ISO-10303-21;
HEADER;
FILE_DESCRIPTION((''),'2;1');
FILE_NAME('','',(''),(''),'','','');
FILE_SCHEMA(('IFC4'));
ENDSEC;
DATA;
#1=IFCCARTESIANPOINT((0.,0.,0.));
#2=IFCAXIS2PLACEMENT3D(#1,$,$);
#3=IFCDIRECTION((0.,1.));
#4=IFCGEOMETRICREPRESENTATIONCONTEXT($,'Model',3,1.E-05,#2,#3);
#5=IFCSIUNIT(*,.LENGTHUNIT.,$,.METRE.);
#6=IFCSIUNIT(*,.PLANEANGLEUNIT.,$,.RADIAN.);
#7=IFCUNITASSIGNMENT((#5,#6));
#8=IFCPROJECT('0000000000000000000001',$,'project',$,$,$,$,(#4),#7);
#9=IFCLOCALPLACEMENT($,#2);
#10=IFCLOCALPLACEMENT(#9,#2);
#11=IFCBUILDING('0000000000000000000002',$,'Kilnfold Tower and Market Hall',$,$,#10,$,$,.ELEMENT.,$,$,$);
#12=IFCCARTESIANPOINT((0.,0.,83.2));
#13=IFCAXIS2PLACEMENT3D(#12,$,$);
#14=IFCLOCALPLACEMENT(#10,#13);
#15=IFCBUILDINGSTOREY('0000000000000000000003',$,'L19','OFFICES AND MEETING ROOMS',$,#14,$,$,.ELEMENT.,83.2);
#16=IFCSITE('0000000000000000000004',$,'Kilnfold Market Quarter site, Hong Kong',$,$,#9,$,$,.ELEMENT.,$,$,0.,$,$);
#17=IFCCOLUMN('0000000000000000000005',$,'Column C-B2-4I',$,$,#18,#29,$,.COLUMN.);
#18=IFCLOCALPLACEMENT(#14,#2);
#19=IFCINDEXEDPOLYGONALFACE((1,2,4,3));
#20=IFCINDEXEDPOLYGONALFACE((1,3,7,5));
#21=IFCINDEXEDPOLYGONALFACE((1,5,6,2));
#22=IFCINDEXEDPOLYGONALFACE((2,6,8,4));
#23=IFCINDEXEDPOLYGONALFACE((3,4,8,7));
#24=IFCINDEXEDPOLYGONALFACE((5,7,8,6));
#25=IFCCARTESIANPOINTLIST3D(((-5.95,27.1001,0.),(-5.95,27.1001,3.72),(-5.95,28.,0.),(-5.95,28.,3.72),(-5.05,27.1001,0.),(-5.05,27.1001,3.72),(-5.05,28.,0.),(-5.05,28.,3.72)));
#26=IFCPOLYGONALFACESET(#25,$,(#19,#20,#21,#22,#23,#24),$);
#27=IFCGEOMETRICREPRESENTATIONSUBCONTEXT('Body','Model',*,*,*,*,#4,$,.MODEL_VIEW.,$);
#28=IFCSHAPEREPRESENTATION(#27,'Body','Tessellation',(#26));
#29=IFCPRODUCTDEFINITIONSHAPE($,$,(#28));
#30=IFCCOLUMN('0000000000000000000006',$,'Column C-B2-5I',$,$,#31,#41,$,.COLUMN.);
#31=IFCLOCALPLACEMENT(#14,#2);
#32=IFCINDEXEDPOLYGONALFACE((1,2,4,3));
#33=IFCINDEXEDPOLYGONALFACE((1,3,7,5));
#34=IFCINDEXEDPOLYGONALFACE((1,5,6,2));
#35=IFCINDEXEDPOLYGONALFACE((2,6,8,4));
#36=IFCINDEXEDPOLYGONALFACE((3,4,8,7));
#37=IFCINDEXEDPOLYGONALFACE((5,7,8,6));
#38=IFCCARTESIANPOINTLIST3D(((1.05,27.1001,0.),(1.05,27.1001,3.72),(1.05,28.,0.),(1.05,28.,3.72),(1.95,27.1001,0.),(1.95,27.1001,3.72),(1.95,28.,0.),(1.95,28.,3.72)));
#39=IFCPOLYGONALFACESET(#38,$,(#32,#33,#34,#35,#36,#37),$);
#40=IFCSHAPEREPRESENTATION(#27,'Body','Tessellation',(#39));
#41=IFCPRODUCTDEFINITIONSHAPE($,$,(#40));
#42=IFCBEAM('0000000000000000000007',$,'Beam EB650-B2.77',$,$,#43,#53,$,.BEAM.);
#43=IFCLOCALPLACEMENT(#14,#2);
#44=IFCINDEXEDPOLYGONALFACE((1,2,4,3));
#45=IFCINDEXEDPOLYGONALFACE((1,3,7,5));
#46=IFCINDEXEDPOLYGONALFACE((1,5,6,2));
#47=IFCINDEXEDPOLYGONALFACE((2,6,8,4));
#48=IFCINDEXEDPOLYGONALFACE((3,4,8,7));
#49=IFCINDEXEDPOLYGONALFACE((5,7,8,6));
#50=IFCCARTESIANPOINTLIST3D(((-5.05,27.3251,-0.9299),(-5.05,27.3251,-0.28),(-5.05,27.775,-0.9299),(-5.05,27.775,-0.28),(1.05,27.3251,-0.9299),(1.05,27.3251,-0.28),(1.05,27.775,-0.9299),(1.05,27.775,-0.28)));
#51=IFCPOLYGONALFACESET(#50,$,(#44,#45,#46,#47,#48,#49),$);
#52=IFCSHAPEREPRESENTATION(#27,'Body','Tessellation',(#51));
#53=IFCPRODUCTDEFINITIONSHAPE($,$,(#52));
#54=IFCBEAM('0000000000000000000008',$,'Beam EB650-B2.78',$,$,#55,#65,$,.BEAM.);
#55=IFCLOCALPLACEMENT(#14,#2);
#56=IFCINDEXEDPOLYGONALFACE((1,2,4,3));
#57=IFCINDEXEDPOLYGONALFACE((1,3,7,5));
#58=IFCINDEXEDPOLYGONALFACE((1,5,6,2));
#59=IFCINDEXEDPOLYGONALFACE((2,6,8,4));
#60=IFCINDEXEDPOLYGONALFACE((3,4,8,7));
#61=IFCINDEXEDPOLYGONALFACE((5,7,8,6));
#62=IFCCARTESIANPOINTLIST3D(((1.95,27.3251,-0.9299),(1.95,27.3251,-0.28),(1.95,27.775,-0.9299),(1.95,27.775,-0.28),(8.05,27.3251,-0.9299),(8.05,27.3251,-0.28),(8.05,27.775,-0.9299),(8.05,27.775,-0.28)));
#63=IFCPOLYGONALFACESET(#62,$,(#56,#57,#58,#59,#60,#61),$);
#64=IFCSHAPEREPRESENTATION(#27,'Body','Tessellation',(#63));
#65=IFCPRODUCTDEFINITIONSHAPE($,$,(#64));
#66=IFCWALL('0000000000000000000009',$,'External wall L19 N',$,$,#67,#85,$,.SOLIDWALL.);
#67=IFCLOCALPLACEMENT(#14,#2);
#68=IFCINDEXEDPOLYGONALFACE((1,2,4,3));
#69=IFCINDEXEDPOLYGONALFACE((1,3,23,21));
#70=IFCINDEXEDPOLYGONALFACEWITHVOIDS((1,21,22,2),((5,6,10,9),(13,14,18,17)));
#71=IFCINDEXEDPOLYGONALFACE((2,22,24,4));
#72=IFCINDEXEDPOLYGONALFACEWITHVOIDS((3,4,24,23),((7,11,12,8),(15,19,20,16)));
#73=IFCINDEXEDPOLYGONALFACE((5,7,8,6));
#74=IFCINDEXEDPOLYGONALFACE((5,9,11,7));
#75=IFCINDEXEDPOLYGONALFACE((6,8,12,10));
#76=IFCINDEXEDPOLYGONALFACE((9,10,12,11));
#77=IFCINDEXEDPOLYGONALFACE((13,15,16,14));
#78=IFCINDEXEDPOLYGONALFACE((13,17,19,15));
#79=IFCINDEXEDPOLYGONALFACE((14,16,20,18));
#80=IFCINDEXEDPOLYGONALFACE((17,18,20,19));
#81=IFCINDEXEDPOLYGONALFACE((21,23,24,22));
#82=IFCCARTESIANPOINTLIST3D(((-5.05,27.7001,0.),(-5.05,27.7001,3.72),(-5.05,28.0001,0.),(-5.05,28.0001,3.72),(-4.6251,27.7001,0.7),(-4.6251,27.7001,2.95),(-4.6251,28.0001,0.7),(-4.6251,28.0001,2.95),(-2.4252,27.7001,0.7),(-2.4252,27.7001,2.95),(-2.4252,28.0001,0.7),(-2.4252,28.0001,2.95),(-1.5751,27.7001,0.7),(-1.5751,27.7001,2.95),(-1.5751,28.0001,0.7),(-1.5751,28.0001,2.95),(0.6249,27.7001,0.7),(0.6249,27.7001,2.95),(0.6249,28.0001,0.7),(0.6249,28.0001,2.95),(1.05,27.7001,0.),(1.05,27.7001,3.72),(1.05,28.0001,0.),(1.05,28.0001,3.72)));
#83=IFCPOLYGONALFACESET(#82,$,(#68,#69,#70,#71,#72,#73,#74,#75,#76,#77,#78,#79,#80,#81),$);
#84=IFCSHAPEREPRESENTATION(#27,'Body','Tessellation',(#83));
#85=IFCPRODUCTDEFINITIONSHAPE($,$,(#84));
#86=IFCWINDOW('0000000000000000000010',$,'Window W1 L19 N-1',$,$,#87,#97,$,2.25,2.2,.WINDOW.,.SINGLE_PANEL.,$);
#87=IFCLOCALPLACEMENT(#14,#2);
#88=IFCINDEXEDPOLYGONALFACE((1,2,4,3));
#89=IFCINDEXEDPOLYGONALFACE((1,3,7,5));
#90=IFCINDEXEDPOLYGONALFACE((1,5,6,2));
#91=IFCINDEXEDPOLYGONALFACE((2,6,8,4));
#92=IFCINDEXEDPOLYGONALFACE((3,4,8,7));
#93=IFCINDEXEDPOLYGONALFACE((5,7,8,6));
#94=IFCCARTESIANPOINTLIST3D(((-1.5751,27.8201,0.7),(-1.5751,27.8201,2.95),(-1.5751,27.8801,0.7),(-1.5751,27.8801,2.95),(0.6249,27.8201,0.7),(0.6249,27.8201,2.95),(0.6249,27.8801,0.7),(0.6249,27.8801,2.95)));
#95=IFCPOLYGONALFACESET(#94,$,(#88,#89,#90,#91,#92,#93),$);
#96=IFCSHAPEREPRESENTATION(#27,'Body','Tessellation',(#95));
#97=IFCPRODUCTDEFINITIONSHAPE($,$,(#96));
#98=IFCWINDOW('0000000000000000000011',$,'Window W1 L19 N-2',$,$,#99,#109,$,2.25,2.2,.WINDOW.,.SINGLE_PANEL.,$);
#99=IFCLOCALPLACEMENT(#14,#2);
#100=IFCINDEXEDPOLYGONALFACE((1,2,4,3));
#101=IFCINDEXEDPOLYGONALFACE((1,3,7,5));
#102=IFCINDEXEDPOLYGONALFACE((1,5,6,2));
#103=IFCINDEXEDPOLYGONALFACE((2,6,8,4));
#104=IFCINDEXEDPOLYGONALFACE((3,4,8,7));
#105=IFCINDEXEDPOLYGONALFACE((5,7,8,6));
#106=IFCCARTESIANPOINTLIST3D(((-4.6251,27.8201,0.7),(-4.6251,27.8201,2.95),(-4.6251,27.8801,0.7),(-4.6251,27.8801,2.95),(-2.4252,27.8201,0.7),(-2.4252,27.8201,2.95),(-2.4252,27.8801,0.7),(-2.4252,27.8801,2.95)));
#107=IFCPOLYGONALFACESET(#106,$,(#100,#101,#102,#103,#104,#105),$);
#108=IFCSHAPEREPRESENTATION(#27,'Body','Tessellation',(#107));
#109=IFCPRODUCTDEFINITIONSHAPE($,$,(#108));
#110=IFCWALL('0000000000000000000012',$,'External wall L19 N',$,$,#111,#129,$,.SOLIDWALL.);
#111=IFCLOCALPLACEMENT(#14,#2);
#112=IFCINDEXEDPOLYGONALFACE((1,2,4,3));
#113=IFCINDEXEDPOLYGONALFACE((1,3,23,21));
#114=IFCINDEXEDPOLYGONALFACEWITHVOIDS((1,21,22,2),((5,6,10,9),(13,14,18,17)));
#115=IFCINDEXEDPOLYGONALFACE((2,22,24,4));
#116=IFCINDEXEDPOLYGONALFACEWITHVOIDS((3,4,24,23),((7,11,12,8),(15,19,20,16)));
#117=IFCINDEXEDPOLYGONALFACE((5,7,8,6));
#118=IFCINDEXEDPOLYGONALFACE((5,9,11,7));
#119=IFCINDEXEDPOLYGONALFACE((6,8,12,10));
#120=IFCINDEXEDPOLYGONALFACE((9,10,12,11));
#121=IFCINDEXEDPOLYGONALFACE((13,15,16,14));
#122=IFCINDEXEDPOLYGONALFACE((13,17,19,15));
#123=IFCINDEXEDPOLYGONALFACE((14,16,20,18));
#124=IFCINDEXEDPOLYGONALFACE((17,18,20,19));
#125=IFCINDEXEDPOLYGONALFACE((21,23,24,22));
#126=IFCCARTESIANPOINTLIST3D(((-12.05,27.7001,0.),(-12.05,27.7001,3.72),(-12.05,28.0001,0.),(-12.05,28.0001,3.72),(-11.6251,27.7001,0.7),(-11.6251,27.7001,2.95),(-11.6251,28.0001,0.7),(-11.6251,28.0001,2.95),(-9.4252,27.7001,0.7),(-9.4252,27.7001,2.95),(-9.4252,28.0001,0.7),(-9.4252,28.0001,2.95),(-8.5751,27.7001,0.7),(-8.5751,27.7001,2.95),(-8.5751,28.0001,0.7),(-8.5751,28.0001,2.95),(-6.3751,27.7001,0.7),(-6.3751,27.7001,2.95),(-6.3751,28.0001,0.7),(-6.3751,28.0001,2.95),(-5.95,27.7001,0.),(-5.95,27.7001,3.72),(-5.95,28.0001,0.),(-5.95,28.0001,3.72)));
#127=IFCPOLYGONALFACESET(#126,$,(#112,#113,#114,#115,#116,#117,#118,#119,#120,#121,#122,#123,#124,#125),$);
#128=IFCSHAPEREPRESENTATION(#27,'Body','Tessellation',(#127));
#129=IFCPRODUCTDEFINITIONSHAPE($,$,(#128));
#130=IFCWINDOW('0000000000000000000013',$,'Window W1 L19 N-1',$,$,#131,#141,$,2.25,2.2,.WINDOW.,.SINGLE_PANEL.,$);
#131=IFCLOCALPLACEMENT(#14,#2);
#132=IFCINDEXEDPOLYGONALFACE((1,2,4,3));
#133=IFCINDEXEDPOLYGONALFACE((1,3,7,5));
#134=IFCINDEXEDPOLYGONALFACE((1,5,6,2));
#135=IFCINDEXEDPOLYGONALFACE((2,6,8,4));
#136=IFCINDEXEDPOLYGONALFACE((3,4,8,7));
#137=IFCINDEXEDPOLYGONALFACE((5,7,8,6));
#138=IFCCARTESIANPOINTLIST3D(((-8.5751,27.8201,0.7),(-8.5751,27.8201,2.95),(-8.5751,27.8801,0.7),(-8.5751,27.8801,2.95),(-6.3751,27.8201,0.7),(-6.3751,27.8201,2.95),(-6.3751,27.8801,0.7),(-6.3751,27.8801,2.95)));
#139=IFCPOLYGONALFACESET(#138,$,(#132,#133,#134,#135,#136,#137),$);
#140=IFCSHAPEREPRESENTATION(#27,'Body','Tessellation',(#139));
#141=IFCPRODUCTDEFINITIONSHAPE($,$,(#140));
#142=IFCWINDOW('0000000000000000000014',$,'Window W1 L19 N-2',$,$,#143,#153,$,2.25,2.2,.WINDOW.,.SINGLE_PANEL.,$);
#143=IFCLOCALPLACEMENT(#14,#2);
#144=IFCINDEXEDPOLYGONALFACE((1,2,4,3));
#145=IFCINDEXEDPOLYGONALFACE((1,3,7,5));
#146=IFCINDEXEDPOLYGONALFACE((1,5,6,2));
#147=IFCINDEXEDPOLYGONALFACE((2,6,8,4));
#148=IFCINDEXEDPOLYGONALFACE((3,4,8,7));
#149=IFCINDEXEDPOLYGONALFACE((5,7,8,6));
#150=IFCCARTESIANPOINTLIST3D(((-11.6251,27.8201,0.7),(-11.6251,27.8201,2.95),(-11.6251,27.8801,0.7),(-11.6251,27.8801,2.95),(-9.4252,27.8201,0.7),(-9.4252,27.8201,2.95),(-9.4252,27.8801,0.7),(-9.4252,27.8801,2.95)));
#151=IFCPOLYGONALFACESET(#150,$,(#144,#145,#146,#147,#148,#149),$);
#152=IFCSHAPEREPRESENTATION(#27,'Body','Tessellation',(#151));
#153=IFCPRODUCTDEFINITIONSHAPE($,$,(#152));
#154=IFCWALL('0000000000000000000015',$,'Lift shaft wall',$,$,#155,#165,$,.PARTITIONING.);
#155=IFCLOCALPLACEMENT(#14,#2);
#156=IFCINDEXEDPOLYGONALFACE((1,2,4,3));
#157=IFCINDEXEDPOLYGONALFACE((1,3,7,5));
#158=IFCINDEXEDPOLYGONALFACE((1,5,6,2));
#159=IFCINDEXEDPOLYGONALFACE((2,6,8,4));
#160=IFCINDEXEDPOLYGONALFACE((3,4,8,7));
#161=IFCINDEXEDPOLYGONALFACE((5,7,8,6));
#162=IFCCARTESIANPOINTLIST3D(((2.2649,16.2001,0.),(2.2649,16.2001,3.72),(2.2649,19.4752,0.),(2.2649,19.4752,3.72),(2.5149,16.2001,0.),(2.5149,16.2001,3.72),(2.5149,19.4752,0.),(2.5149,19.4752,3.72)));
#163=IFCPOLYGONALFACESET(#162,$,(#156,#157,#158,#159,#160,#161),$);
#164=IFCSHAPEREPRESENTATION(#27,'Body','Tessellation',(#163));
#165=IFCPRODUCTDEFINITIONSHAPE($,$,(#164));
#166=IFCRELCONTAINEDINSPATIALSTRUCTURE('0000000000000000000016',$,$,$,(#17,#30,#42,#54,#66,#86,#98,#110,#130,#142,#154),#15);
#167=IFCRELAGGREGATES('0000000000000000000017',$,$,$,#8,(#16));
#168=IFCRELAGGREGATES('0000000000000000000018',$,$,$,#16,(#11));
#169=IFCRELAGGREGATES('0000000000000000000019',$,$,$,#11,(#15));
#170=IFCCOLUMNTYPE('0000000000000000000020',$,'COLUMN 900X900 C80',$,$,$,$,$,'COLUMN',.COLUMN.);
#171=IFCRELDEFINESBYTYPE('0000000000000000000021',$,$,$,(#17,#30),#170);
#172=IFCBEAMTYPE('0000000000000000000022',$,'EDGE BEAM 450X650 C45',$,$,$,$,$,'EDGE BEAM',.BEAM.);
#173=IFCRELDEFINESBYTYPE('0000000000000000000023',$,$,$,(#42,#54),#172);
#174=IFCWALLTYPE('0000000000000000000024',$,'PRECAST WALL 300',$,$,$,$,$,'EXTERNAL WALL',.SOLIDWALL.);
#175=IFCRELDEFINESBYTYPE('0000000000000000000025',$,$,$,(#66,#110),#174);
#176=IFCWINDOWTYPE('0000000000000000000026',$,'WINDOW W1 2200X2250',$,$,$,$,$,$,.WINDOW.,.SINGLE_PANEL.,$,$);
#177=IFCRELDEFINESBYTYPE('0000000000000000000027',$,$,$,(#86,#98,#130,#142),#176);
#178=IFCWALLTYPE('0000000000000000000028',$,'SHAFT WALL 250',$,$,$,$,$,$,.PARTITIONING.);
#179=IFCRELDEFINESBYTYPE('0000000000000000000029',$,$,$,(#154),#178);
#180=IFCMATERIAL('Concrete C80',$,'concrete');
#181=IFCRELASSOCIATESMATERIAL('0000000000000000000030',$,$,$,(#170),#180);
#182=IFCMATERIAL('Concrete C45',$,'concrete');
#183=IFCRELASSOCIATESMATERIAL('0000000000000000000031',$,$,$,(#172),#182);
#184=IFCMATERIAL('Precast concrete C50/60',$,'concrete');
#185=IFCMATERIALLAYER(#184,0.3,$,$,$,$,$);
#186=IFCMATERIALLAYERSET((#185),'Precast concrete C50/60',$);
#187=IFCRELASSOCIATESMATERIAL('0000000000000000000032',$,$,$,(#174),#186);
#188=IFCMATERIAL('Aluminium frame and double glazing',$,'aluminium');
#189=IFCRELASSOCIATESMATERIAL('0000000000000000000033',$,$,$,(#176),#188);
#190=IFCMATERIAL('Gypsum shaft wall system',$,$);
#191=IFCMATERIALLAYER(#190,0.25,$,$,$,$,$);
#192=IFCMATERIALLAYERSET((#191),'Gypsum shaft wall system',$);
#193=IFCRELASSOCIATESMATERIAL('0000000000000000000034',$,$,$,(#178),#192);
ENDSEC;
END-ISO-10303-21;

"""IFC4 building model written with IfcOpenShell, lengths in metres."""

from ifc_helpers import new_model, si_unit, direction, frame, frame_2d, origin, origin_2d, place, context, subcontext, project, spatial, rectangle, extrude, source, transform, mapped, material, layer, layer_set, material_profile, profile_set, type_object, element, fill, save


model = new_model("IFC4")

# Units and contexts
model_context = context("Model", 3, precision=1e-05, world=origin(), true_north=direction((0.0, 1.0)))
body_context = subcontext(model_context, "Body", "Model", "MODEL_VIEW")
ifc_project = project(units=[si_unit("LENGTHUNIT", "METRE"), si_unit("PLANEANGLEUNIT", "RADIAN")], contexts=[model_context])

# Site, building, storey
site_placement = place(None, origin())
site = spatial("IfcSite", under=ifc_project, at=site_placement, Name="Kilnfold Market Quarter site, Hong Kong", CompositionType="ELEMENT", RefElevation=0.0)
building_placement = place(site_placement, origin())
building = spatial("IfcBuilding", under=site, at=building_placement, Name="Kilnfold Tower and Market Hall", CompositionType="ELEMENT")
storey_placement = place(building_placement, frame((0.0, 0.0, 83.2)))
storey = spatial("IfcBuildingStorey", under=building, at=storey_placement, Name="L19", Description="OFFICES AND MEETING ROOMS", CompositionType="ELEMENT", Elevation=83.2)

# Columns
ifc_material_1 = material(Name="Concrete C80", Category="concrete")
ifc_material_profile_1 = material_profile(ifc_material_1, rectangle(XDim=0.8999, YDim=0.8999, at=origin_2d()), Name="RC 900x900")
ifc_profile_set_1 = profile_set([ifc_material_profile_1], Name="Concrete C80")
column_type = type_object("IfcColumnType", Name="COLUMN 900X900 C80", ElementType="COLUMN", PredefinedType="COLUMN", material=ifc_profile_set_1)
shared_shape_1 = source(origin(), body_context, "Body", "SweptSolid", [
    extrude(rectangle(XDim=0.8999, YDim=0.8999, at=origin_2d()), origin(), (0.0, 0.0, 1.0), 3.72),
])
for number, where, z_axis, x_axis, name in (
    (1, (-5.5, 27.55, 0.0), (0.0, 0.0, 1.0), (1.0, 0.0, 0.0), "Column C-B2-4I"),
    (2, (1.5, 27.55, 0.0), (0.0, 0.0, 1.0), (1.0, 0.0, 0.0), "Column C-B2-5I"),
):
    element("IfcColumn", number, at=place(storey_placement, frame(where, z_axis=z_axis, x_axis=x_axis)), inside=storey, type_object=column_type, Name=name, PredefinedType="COLUMN", context=body_context, shape_type="MappedRepresentation", body=[
        mapped(shared_shape_1, transform((0.0, 0.0, 0.0))),
    ])

# Beams
ifc_material_2 = material(Name="Concrete C45", Category="concrete")
ifc_material_profile_2 = material_profile(ifc_material_2, rectangle(XDim=0.45, YDim=0.6499, at=origin_2d()), Name="RC 450x650")
ifc_profile_set_2 = profile_set([ifc_material_profile_2], Name="Concrete C45")
beam_type = type_object("IfcBeamType", Name="EDGE BEAM 450X650 C45", ElementType="EDGE BEAM", PredefinedType="BEAM", material=ifc_profile_set_2)
shared_shape_2 = source(origin(), body_context, "Body", "SweptSolid", [
    extrude(rectangle(XDim=0.45, YDim=0.6499, at=origin_2d()), origin(), (0.0, 0.0, 1.0), 6.1001),
])
for number, where, z_axis, x_axis, name in (
    (3, (-5.05, 27.55, -0.605), (1.0, 0.0, 0.0), (0.0, 1.0, 0.0), "Beam EB650-B2.77"),
    (4, (1.95, 27.55, -0.605), (1.0, 0.0, 0.0), (0.0, 1.0, 0.0), "Beam EB650-B2.78"),
):
    element("IfcBeam", number, at=place(storey_placement, frame(where, z_axis=z_axis, x_axis=x_axis)), inside=storey, type_object=beam_type, Name=name, PredefinedType="BEAM", context=body_context, shape_type="MappedRepresentation", body=[
        mapped(shared_shape_2, transform((0.0, 0.0, 0.0))),
    ])

# Walls, openings, windows
ifc_material_3 = material(Name="Precast concrete C50/60", Category="concrete")
ifc_layer_1 = layer(ifc_material_3, 0.3)
ifc_layer_set_1 = layer_set([ifc_layer_1], Name="Precast concrete C50/60")
wall_type_1 = type_object("IfcWallType", Name="PRECAST WALL 300", ElementType="EXTERNAL WALL", PredefinedType="SOLIDWALL", material=ifc_layer_set_1)
shared_shape_3 = source(origin(), body_context, "Body", "SweptSolid", [
    extrude(rectangle(XDim=6.1001, YDim=0.3, at=frame_2d((3.05, 0.0))), origin(), (0.0, 0.0, 1.0), 3.72),
])
wall_1_placement = place(storey_placement, frame((1.05, 27.8501, 0.0), z_axis=(0.0, 0.0, 1.0), x_axis=(-1.0, 0.0, 0.0)))
wall_1 = element("IfcWall", 5, at=wall_1_placement, inside=storey, type_object=wall_type_1, Name="External wall L19 N", PredefinedType="SOLIDWALL", context=body_context, shape_type="MappedRepresentation", body=[
    mapped(shared_shape_3, transform((0.0, 0.0, 0.0))),
])
opening_1_placement = place(wall_1_placement, frame((0.425, 0.0, 0.7)))
opening_1 = element("IfcOpeningElement", 6, at=opening_1_placement, cuts=wall_1, PredefinedType="OPENING", context=body_context, shape_type="SweptSolid", body=[
    extrude(rectangle(XDim=2.2, YDim=2.25, at=frame_2d((1.1001, 1.125))), frame((0.0, 0.1602, 0.0), z_axis=(0.0, -1.0, 0.0), x_axis=(1.0, 0.0, 0.0)), (0.0, 0.0, 1.0), 0.3201),
])
opening_2_placement = place(wall_1_placement, frame((3.4751, 0.0, 0.7)))
opening_2 = element("IfcOpeningElement", 7, at=opening_2_placement, cuts=wall_1, PredefinedType="OPENING", context=body_context, shape_type="SweptSolid", body=[
    extrude(rectangle(XDim=2.2, YDim=2.25, at=frame_2d((1.1001, 1.125))), frame((0.0, 0.1602, 0.0), z_axis=(0.0, -1.0, 0.0), x_axis=(1.0, 0.0, 0.0)), (0.0, 0.0, 1.0), 0.3201),
])
ifc_material_4 = material(Name="Aluminium frame and double glazing", Category="aluminium")
window_type = type_object("IfcWindowType", Name="WINDOW W1 2200X2250", PartitioningType="SINGLE_PANEL", PredefinedType="WINDOW", material=ifc_material_4)
window_1_placement = place(opening_1_placement, origin())
window_1 = element("IfcWindow", 8, at=window_1_placement, inside=storey, type_object=window_type, Name="Window W1 L19 N-1", OverallHeight=2.25, OverallWidth=2.2, PartitioningType="SINGLE_PANEL", PredefinedType="WINDOW", context=body_context, shape_type="SweptSolid", body=[
    extrude(rectangle(XDim=2.2, YDim=2.25, at=frame_2d((1.1001, 1.125))), frame((0.0, 0.03, 0.0), z_axis=(0.0, -1.0, 0.0), x_axis=(1.0, 0.0, 0.0)), (0.0, 0.0, 1.0), 0.0601),
])
fill(opening_1, window_1)
window_2_placement = place(opening_2_placement, origin())
window_2 = element("IfcWindow", 9, at=window_2_placement, inside=storey, type_object=window_type, Name="Window W1 L19 N-2", OverallHeight=2.25, OverallWidth=2.2, PartitioningType="SINGLE_PANEL", PredefinedType="WINDOW", context=body_context, shape_type="SweptSolid", body=[
    extrude(rectangle(XDim=2.2, YDim=2.25, at=frame_2d((1.1001, 1.125))), frame((0.0, 0.03, 0.0), z_axis=(0.0, -1.0, 0.0), x_axis=(1.0, 0.0, 0.0)), (0.0, 0.0, 1.0), 0.0601),
])
fill(opening_2, window_2)
wall_2_placement = place(storey_placement, frame((-5.95, 27.8501, 0.0), z_axis=(0.0, 0.0, 1.0), x_axis=(-1.0, 0.0, 0.0)))
wall_2 = element("IfcWall", 10, at=wall_2_placement, inside=storey, type_object=wall_type_1, Name="External wall L19 N", PredefinedType="SOLIDWALL", context=body_context, shape_type="MappedRepresentation", body=[
    mapped(shared_shape_3, transform((0.0, 0.0, 0.0))),
])
opening_3_placement = place(wall_2_placement, frame((0.425, 0.0, 0.7)))
opening_3 = element("IfcOpeningElement", 11, at=opening_3_placement, cuts=wall_2, PredefinedType="OPENING", context=body_context, shape_type="SweptSolid", body=[
    extrude(rectangle(XDim=2.2, YDim=2.25, at=frame_2d((1.1001, 1.125))), frame((0.0, 0.1602, 0.0), z_axis=(0.0, -1.0, 0.0), x_axis=(1.0, 0.0, 0.0)), (0.0, 0.0, 1.0), 0.3201),
])
opening_4_placement = place(wall_2_placement, frame((3.4751, 0.0, 0.7)))
opening_4 = element("IfcOpeningElement", 12, at=opening_4_placement, cuts=wall_2, PredefinedType="OPENING", context=body_context, shape_type="SweptSolid", body=[
    extrude(rectangle(XDim=2.2, YDim=2.25, at=frame_2d((1.1001, 1.125))), frame((0.0, 0.1602, 0.0), z_axis=(0.0, -1.0, 0.0), x_axis=(1.0, 0.0, 0.0)), (0.0, 0.0, 1.0), 0.3201),
])
window_3_placement = place(opening_3_placement, origin())
window_3 = element("IfcWindow", 13, at=window_3_placement, inside=storey, type_object=window_type, Name="Window W1 L19 N-1", OverallHeight=2.25, OverallWidth=2.2, PartitioningType="SINGLE_PANEL", PredefinedType="WINDOW", context=body_context, shape_type="SweptSolid", body=[
    extrude(rectangle(XDim=2.2, YDim=2.25, at=frame_2d((1.1001, 1.125))), frame((0.0, 0.03, 0.0), z_axis=(0.0, -1.0, 0.0), x_axis=(1.0, 0.0, 0.0)), (0.0, 0.0, 1.0), 0.0601),
])
fill(opening_3, window_3)
window_4_placement = place(opening_4_placement, origin())
window_4 = element("IfcWindow", 14, at=window_4_placement, inside=storey, type_object=window_type, Name="Window W1 L19 N-2", OverallHeight=2.25, OverallWidth=2.2, PartitioningType="SINGLE_PANEL", PredefinedType="WINDOW", context=body_context, shape_type="SweptSolid", body=[
    extrude(rectangle(XDim=2.2, YDim=2.25, at=frame_2d((1.1001, 1.125))), frame((0.0, 0.03, 0.0), z_axis=(0.0, -1.0, 0.0), x_axis=(1.0, 0.0, 0.0)), (0.0, 0.0, 1.0), 0.0601),
])
fill(opening_4, window_4)

# Wall
ifc_material_5 = material(Name="Gypsum shaft wall system")
ifc_layer_2 = layer(ifc_material_5, 0.25)
ifc_layer_set_2 = layer_set([ifc_layer_2], Name="Gypsum shaft wall system")
wall_type_2 = type_object("IfcWallType", Name="SHAFT WALL 250", PredefinedType="PARTITIONING", material=ifc_layer_set_2)
shared_shape_4 = source(origin(), body_context, "Body", "SweptSolid", [
    extrude(rectangle(XDim=3.2751, YDim=0.25, at=frame_2d((1.6377, 0.0))), origin(), (0.0, 0.0, 1.0), 3.72),
])
for number, where, z_axis, x_axis, name in (
    (15, (2.3899, 16.2, 0.0), (0.0, 0.0, 1.0), (0.0, 1.0, 0.0), "Lift shaft wall"),
):
    element("IfcWall", number, at=place(storey_placement, frame(where, z_axis=z_axis, x_axis=x_axis)), inside=storey, type_object=wall_type_2, Name=name, PredefinedType="PARTITIONING", context=body_context, shape_type="MappedRepresentation", body=[
        mapped(shared_shape_4, transform((0.0, 0.0, 0.0))),
    ])

save(model, "model.ifc")
